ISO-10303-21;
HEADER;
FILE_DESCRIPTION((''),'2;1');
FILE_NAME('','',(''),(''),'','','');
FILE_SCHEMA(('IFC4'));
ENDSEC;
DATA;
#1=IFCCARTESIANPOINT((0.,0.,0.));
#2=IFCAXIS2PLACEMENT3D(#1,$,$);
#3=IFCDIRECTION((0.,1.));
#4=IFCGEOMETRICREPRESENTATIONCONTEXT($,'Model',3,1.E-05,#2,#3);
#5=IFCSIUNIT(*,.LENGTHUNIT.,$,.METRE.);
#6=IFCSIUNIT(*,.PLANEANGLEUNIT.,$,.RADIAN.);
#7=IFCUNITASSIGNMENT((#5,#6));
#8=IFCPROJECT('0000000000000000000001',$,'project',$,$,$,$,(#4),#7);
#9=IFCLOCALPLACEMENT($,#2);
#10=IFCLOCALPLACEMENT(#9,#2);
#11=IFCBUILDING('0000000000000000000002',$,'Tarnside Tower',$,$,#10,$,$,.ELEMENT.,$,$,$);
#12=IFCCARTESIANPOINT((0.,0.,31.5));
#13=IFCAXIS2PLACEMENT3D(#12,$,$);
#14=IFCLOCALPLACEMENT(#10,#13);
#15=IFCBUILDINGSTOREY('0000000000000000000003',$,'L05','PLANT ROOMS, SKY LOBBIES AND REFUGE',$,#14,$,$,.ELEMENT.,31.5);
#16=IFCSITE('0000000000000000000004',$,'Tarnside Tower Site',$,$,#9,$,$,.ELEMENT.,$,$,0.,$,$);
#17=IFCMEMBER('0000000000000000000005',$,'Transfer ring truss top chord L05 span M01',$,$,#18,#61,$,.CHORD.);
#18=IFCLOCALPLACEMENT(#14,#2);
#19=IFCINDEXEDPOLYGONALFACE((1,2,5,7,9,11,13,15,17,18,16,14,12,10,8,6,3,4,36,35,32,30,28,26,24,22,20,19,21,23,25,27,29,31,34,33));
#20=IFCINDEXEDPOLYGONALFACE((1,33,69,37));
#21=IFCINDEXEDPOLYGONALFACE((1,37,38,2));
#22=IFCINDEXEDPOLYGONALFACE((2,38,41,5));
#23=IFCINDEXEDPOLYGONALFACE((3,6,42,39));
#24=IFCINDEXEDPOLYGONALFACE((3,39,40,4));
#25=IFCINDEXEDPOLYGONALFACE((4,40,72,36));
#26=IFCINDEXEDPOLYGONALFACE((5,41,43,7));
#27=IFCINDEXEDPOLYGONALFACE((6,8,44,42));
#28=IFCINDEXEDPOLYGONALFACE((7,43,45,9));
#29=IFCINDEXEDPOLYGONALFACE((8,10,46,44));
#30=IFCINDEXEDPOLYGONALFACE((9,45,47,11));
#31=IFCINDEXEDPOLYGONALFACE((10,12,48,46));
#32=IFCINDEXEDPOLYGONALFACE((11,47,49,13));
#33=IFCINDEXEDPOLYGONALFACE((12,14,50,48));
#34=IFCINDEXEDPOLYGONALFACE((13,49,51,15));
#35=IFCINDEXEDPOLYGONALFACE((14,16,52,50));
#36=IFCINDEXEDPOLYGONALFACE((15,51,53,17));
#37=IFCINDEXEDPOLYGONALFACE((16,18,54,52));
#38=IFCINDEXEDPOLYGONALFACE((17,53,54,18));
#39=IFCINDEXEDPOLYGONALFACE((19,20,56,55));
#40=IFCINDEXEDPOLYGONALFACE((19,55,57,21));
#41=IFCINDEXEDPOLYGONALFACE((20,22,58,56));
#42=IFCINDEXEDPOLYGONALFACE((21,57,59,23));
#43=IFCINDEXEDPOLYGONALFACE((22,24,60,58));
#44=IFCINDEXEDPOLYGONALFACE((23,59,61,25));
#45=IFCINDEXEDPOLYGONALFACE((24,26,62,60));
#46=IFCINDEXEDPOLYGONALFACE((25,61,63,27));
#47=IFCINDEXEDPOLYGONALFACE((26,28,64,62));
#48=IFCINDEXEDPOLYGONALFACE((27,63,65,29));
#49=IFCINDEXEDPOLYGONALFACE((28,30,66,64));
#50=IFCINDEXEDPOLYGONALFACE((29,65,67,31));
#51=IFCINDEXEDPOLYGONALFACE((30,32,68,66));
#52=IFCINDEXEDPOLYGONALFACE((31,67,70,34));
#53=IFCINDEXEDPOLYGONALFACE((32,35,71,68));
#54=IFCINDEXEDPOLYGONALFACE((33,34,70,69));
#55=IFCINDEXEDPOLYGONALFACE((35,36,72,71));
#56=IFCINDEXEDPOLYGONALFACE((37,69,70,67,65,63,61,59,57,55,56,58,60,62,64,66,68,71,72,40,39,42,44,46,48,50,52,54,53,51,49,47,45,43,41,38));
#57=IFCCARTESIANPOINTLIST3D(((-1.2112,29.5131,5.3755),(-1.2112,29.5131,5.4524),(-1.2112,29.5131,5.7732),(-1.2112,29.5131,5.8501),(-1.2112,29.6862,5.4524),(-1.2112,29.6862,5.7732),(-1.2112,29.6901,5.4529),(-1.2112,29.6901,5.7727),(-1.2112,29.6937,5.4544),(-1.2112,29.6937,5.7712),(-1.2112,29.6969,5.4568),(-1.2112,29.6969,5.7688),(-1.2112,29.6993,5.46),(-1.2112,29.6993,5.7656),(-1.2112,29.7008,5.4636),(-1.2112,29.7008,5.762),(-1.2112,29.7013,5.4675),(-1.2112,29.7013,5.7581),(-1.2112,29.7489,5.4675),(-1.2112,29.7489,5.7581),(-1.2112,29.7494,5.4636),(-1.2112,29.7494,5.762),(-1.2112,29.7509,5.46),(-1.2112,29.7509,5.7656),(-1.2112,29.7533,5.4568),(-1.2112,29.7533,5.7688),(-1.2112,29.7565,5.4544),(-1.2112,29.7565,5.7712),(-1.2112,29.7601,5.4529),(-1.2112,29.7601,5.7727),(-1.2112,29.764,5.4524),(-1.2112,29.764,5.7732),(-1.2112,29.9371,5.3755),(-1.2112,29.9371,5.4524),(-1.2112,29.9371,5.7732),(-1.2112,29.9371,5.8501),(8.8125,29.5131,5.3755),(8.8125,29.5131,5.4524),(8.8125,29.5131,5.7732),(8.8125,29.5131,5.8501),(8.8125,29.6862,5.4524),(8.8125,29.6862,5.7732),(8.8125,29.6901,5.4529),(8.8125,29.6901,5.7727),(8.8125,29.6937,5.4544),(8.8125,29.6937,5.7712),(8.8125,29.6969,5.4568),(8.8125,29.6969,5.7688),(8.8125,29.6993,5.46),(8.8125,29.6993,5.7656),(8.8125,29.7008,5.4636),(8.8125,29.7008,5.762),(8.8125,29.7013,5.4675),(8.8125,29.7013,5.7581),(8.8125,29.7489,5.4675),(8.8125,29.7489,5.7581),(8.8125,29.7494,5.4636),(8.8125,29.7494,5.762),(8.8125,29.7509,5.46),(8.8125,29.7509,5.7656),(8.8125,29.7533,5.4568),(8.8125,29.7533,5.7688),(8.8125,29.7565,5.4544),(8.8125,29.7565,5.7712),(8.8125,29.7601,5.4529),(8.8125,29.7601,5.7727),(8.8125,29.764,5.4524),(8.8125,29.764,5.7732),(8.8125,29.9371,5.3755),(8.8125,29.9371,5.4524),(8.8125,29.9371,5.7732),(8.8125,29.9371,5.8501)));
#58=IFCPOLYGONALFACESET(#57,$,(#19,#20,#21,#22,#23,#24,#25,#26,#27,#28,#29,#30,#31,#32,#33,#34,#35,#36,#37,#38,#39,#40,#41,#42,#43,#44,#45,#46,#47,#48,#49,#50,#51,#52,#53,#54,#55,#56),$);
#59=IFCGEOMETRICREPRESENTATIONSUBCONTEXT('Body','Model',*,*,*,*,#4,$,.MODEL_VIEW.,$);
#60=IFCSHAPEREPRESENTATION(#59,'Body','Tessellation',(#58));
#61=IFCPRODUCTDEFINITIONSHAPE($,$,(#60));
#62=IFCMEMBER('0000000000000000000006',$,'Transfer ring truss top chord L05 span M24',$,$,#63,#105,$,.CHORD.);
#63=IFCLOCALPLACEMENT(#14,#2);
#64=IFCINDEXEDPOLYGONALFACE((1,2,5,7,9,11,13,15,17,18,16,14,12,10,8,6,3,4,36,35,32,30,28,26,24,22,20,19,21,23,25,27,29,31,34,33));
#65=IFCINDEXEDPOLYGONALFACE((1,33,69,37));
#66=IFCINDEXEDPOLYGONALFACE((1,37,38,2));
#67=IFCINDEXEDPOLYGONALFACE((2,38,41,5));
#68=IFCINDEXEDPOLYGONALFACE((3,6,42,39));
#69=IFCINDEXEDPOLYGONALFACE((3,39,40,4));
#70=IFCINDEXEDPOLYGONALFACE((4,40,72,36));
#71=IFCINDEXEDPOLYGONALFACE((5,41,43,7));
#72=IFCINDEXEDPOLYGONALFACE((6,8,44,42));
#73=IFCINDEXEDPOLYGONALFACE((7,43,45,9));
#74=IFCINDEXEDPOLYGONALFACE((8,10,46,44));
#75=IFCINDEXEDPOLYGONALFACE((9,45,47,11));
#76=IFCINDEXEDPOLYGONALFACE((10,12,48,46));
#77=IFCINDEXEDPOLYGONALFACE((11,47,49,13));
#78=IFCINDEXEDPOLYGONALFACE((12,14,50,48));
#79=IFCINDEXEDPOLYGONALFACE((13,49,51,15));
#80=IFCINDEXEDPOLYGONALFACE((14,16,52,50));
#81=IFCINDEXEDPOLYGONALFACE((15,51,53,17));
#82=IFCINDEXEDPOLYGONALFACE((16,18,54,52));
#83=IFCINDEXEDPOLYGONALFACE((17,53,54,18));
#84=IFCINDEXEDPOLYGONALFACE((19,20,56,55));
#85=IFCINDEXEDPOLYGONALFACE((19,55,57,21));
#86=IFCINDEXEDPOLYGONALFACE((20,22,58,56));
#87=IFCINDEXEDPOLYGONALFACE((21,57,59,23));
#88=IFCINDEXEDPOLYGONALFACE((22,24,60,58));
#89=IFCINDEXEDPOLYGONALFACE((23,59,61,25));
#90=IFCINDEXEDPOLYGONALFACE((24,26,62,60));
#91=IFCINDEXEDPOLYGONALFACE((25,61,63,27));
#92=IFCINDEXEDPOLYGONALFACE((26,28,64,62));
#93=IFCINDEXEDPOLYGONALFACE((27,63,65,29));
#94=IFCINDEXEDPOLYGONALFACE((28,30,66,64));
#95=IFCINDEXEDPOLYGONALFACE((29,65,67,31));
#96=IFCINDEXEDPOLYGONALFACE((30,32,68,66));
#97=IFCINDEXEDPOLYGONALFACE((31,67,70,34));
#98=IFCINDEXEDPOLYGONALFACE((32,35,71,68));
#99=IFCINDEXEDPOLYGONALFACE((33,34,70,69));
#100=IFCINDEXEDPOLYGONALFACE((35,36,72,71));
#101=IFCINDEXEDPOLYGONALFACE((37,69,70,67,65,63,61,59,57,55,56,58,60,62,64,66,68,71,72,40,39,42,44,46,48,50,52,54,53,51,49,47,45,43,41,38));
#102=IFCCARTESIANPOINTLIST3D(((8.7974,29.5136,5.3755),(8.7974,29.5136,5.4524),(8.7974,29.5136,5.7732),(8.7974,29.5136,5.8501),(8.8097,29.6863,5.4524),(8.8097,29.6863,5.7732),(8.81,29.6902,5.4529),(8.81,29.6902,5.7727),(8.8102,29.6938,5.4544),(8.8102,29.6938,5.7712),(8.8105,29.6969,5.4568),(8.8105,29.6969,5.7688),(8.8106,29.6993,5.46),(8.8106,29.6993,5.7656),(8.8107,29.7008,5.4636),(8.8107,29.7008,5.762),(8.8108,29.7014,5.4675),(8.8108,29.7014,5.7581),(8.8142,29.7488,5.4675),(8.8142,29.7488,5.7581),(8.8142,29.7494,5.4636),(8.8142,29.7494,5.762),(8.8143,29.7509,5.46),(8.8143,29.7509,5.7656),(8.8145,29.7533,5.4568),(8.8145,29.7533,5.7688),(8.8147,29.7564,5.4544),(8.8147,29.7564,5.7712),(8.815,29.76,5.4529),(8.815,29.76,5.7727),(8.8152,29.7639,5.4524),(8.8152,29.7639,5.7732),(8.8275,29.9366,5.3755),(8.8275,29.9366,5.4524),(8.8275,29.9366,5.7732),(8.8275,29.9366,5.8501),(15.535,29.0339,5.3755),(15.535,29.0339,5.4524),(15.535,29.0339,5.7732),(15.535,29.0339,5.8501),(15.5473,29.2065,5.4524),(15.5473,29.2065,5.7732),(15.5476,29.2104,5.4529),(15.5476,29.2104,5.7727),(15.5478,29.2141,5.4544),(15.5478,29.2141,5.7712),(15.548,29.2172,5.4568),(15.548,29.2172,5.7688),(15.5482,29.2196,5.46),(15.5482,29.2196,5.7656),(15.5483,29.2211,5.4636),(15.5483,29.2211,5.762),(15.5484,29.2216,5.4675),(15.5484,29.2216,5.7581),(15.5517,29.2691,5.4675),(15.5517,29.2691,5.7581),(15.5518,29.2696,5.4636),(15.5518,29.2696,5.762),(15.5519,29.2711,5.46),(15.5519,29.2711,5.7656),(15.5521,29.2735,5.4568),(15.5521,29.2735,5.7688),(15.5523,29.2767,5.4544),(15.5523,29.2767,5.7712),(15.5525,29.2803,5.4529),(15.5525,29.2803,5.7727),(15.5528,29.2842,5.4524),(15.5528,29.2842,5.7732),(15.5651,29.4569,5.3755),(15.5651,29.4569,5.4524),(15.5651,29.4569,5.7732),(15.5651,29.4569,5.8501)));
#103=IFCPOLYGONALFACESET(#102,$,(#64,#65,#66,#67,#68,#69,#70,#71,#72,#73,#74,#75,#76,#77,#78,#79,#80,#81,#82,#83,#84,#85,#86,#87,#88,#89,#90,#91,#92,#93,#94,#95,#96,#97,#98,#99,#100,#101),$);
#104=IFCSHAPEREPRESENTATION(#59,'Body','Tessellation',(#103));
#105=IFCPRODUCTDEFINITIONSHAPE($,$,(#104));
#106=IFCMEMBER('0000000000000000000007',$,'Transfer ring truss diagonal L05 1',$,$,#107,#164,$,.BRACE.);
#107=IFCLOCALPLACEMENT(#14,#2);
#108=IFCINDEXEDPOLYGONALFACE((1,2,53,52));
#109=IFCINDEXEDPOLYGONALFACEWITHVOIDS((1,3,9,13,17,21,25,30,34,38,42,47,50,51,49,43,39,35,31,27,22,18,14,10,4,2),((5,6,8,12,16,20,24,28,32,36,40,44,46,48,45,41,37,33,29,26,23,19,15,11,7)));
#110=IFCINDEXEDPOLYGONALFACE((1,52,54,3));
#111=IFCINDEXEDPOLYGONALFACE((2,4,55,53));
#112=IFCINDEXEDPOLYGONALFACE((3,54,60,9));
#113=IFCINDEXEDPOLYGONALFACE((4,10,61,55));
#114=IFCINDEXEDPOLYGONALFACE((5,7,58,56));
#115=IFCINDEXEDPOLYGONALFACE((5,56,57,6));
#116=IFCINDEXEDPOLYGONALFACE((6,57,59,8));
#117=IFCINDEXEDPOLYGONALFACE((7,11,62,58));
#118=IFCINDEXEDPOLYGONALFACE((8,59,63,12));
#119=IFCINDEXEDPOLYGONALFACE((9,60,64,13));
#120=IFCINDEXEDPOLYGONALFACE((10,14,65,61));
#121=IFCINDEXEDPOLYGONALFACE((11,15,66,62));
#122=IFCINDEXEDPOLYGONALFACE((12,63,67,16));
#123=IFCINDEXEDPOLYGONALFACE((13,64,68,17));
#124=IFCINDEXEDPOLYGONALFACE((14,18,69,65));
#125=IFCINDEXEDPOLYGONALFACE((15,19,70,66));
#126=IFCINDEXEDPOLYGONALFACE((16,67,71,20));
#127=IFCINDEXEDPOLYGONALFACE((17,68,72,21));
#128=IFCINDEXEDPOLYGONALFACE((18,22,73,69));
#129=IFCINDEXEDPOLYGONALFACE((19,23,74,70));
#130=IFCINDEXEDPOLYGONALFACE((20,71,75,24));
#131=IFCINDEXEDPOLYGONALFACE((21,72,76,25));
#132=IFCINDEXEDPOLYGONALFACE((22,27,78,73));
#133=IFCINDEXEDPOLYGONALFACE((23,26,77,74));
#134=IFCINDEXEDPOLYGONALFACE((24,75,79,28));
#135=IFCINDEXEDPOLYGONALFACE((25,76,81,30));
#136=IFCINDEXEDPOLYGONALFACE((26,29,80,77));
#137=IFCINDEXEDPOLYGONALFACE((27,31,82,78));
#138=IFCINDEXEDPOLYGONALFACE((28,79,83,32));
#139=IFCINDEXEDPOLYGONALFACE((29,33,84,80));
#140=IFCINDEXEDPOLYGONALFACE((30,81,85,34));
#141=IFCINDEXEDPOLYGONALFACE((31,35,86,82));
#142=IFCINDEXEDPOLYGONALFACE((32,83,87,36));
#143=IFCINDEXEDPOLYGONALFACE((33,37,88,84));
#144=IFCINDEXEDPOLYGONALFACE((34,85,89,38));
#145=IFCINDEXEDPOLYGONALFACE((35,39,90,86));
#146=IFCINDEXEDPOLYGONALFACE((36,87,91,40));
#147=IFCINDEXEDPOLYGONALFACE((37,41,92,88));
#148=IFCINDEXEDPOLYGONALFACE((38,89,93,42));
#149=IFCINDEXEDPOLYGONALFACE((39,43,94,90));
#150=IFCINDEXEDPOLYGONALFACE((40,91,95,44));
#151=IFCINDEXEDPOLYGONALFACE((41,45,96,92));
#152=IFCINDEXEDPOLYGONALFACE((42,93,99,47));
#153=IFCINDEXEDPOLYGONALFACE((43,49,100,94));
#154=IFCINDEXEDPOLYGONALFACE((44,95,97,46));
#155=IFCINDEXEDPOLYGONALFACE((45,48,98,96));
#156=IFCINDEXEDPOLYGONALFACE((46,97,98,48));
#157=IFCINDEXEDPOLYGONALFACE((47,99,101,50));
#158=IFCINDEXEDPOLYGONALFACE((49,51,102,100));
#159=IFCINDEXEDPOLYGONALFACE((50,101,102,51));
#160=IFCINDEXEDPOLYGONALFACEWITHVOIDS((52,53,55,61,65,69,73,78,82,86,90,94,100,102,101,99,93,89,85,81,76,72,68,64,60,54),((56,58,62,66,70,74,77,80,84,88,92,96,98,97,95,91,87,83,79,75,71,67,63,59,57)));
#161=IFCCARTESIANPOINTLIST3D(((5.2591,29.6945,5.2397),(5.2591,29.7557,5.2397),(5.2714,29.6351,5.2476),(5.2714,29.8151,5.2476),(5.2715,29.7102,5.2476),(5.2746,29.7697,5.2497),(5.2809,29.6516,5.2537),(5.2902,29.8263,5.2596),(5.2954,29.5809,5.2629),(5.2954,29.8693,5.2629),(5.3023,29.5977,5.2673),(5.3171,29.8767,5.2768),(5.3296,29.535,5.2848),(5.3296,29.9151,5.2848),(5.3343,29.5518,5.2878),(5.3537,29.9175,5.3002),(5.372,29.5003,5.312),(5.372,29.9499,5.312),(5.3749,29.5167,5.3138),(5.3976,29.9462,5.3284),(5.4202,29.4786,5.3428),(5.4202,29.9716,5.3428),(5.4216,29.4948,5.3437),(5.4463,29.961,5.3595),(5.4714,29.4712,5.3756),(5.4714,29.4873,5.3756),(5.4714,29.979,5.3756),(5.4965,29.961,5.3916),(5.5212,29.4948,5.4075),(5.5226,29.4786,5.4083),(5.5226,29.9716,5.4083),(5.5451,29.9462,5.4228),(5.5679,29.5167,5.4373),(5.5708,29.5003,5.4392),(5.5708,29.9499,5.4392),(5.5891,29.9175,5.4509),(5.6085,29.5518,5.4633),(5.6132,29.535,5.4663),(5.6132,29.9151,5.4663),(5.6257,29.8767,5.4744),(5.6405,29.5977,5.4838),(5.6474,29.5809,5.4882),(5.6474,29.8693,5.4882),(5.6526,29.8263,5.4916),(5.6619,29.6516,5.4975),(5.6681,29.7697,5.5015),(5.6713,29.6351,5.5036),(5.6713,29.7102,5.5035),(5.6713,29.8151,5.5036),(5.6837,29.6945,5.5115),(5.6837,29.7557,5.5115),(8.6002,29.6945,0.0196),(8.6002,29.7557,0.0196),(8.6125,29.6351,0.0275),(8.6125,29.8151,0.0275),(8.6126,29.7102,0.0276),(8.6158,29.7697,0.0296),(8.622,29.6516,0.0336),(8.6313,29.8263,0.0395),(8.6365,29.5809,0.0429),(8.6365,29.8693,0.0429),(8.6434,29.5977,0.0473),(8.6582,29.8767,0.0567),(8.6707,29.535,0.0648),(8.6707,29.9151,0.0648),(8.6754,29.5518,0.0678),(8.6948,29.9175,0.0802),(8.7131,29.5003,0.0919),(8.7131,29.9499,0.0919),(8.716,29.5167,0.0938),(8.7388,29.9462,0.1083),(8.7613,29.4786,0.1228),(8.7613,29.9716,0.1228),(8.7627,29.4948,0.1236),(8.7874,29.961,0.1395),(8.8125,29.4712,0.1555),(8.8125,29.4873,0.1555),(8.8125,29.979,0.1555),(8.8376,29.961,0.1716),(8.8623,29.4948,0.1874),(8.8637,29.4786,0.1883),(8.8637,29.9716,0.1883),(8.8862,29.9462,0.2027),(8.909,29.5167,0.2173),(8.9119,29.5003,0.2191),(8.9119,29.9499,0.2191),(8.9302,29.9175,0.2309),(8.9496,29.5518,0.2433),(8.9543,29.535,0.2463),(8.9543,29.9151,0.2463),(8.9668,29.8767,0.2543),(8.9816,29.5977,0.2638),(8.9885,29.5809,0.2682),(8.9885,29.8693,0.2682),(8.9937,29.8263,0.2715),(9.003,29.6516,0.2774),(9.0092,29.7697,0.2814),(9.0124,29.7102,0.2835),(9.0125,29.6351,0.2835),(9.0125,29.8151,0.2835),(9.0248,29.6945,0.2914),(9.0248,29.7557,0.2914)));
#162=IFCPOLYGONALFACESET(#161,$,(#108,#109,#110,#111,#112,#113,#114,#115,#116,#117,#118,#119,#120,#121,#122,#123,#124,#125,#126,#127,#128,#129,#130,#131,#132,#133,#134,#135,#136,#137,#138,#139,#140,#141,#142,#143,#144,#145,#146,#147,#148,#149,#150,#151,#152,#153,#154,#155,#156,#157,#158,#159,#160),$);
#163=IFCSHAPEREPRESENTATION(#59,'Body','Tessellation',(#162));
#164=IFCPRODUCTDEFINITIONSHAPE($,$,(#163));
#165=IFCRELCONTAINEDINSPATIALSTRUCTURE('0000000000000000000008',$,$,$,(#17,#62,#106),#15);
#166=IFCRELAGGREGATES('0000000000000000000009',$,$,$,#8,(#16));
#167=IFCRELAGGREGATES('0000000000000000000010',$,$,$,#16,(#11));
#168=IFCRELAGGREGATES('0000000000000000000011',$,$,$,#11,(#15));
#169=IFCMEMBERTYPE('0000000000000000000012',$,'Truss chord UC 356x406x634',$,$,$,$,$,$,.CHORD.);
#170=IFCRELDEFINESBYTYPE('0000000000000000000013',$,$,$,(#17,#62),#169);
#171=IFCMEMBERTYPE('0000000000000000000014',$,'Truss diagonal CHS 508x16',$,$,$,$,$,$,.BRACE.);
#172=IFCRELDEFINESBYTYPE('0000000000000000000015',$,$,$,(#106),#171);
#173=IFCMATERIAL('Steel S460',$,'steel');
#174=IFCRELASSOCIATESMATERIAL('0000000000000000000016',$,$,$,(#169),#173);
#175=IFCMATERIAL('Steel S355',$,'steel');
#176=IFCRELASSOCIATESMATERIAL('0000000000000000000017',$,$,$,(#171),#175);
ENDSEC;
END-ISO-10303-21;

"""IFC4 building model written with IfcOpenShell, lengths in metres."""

from ifc_helpers import new_model, si_unit, direction, frame, origin, origin_2d, place, context, subcontext, project, spatial, hollow_circle, i_section, extrude, material, material_profile, profile_set, type_object, element, save


model = new_model("IFC4")

# Units and contexts
model_context = context("Model", 3, precision=1e-05, world=origin(), true_north=direction((0.0, 1.0)))
body_context = subcontext(model_context, "Body", "Model", "MODEL_VIEW")
ifc_project = project(units=[si_unit("LENGTHUNIT", "METRE"), si_unit("PLANEANGLEUNIT", "RADIAN")], contexts=[model_context])

# Site, building, storey
site_placement = place(None, origin())
site = spatial("IfcSite", under=ifc_project, at=site_placement, Name="Tarnside Tower Site", CompositionType="ELEMENT", RefElevation=0.0)
building_placement = place(site_placement, origin())
building = spatial("IfcBuilding", under=site, at=building_placement, Name="Tarnside Tower", CompositionType="ELEMENT")
storey_placement = place(building_placement, frame((0.0, 0.0, 31.5)))
storey = spatial("IfcBuildingStorey", under=building, at=storey_placement, Name="L05", Description="PLANT ROOMS, SKY LOBBIES AND REFUGE", CompositionType="ELEMENT", Elevation=31.5)

# Shared definitions
ifc_material_1 = material(Name="Steel S355", Category="steel")

# Members
ifc_material_2 = material(Name="Steel S460", Category="steel")
ifc_material_profile_1 = material_profile(ifc_material_2, i_section(OverallWidth=0.4241, OverallDepth=0.4746, WebThickness=0.0476, FlangeThickness=0.0769, FilletRadius=0.0151, at=origin_2d()), Name="UC 356x406x634")
ifc_profile_set_1 = profile_set([ifc_material_profile_1], Name="Steel S460")
member_type_1 = type_object("IfcMemberType", Name="Truss chord UC 356x406x634", PredefinedType="CHORD", material=ifc_profile_set_1)
member_1_placement = place(storey_placement, frame((8.8125, 29.7251, 5.6128), z_axis=(-1.0, 0.0, 0.0), x_axis=(0.0, -1.0, 0.0)))
element("IfcMember", 1, at=member_1_placement, inside=storey, type_object=member_type_1, Name="Transfer ring truss top chord L05 span M01", PredefinedType="CHORD", context=body_context, shape_type="SweptSolid", body=[
    extrude(i_section(OverallWidth=0.4241, OverallDepth=0.4746, WebThickness=0.0476, FlangeThickness=0.0769, FilletRadius=0.0151, at=origin_2d()), origin(), (0.0, 0.0, 1.0), 10.0237),
])
member_2_placement = place(storey_placement, frame((15.55, 29.2454, 5.6128), z_axis=(-0.997475, 0.071024, 0.0), x_axis=(-0.071024, -0.997475, 0.0)))
element("IfcMember", 2, at=member_2_placement, inside=storey, type_object=member_type_1, Name="Transfer ring truss top chord L05 span M24", PredefinedType="CHORD", context=body_context, shape_type="SweptSolid", body=[
    extrude(i_section(OverallWidth=0.4241, OverallDepth=0.4746, WebThickness=0.0476, FlangeThickness=0.0769, FilletRadius=0.0151, at=origin_2d()), origin(), (0.0, 0.0, 1.0), 6.7546),
])
ifc_material_profile_2 = material_profile(ifc_material_1, hollow_circle(Radius=0.2539, WallThickness=0.0161, at=origin_2d()), Name="CHS 508x16")
ifc_profile_set_2 = profile_set([ifc_material_profile_2], Name="Steel S355")
member_type_2 = type_object("IfcMemberType", Name="Truss diagonal CHS 508x16", PredefinedType="BRACE", material=ifc_profile_set_2)
for number, where, z_axis, x_axis, name in (
    (3, (8.8125, 29.7251, 0.1555), (-0.539086, 0.0, 0.842251), (0.0, -1.0, 0.0), "Transfer ring truss diagonal L05 1"),
):
    element("IfcMember", number, at=place(storey_placement, frame(where, z_axis=z_axis, x_axis=x_axis)), inside=storey, type_object=member_type_2, Name=name, PredefinedType="BRACE", context=body_context, shape_type="SweptSolid", body=[
        extrude(hollow_circle(Radius=0.2539, WallThickness=0.0161, at=origin_2d()), origin(), (0.0, 0.0, 1.0), 6.1978),
    ])

save(model, "model.ifc")
